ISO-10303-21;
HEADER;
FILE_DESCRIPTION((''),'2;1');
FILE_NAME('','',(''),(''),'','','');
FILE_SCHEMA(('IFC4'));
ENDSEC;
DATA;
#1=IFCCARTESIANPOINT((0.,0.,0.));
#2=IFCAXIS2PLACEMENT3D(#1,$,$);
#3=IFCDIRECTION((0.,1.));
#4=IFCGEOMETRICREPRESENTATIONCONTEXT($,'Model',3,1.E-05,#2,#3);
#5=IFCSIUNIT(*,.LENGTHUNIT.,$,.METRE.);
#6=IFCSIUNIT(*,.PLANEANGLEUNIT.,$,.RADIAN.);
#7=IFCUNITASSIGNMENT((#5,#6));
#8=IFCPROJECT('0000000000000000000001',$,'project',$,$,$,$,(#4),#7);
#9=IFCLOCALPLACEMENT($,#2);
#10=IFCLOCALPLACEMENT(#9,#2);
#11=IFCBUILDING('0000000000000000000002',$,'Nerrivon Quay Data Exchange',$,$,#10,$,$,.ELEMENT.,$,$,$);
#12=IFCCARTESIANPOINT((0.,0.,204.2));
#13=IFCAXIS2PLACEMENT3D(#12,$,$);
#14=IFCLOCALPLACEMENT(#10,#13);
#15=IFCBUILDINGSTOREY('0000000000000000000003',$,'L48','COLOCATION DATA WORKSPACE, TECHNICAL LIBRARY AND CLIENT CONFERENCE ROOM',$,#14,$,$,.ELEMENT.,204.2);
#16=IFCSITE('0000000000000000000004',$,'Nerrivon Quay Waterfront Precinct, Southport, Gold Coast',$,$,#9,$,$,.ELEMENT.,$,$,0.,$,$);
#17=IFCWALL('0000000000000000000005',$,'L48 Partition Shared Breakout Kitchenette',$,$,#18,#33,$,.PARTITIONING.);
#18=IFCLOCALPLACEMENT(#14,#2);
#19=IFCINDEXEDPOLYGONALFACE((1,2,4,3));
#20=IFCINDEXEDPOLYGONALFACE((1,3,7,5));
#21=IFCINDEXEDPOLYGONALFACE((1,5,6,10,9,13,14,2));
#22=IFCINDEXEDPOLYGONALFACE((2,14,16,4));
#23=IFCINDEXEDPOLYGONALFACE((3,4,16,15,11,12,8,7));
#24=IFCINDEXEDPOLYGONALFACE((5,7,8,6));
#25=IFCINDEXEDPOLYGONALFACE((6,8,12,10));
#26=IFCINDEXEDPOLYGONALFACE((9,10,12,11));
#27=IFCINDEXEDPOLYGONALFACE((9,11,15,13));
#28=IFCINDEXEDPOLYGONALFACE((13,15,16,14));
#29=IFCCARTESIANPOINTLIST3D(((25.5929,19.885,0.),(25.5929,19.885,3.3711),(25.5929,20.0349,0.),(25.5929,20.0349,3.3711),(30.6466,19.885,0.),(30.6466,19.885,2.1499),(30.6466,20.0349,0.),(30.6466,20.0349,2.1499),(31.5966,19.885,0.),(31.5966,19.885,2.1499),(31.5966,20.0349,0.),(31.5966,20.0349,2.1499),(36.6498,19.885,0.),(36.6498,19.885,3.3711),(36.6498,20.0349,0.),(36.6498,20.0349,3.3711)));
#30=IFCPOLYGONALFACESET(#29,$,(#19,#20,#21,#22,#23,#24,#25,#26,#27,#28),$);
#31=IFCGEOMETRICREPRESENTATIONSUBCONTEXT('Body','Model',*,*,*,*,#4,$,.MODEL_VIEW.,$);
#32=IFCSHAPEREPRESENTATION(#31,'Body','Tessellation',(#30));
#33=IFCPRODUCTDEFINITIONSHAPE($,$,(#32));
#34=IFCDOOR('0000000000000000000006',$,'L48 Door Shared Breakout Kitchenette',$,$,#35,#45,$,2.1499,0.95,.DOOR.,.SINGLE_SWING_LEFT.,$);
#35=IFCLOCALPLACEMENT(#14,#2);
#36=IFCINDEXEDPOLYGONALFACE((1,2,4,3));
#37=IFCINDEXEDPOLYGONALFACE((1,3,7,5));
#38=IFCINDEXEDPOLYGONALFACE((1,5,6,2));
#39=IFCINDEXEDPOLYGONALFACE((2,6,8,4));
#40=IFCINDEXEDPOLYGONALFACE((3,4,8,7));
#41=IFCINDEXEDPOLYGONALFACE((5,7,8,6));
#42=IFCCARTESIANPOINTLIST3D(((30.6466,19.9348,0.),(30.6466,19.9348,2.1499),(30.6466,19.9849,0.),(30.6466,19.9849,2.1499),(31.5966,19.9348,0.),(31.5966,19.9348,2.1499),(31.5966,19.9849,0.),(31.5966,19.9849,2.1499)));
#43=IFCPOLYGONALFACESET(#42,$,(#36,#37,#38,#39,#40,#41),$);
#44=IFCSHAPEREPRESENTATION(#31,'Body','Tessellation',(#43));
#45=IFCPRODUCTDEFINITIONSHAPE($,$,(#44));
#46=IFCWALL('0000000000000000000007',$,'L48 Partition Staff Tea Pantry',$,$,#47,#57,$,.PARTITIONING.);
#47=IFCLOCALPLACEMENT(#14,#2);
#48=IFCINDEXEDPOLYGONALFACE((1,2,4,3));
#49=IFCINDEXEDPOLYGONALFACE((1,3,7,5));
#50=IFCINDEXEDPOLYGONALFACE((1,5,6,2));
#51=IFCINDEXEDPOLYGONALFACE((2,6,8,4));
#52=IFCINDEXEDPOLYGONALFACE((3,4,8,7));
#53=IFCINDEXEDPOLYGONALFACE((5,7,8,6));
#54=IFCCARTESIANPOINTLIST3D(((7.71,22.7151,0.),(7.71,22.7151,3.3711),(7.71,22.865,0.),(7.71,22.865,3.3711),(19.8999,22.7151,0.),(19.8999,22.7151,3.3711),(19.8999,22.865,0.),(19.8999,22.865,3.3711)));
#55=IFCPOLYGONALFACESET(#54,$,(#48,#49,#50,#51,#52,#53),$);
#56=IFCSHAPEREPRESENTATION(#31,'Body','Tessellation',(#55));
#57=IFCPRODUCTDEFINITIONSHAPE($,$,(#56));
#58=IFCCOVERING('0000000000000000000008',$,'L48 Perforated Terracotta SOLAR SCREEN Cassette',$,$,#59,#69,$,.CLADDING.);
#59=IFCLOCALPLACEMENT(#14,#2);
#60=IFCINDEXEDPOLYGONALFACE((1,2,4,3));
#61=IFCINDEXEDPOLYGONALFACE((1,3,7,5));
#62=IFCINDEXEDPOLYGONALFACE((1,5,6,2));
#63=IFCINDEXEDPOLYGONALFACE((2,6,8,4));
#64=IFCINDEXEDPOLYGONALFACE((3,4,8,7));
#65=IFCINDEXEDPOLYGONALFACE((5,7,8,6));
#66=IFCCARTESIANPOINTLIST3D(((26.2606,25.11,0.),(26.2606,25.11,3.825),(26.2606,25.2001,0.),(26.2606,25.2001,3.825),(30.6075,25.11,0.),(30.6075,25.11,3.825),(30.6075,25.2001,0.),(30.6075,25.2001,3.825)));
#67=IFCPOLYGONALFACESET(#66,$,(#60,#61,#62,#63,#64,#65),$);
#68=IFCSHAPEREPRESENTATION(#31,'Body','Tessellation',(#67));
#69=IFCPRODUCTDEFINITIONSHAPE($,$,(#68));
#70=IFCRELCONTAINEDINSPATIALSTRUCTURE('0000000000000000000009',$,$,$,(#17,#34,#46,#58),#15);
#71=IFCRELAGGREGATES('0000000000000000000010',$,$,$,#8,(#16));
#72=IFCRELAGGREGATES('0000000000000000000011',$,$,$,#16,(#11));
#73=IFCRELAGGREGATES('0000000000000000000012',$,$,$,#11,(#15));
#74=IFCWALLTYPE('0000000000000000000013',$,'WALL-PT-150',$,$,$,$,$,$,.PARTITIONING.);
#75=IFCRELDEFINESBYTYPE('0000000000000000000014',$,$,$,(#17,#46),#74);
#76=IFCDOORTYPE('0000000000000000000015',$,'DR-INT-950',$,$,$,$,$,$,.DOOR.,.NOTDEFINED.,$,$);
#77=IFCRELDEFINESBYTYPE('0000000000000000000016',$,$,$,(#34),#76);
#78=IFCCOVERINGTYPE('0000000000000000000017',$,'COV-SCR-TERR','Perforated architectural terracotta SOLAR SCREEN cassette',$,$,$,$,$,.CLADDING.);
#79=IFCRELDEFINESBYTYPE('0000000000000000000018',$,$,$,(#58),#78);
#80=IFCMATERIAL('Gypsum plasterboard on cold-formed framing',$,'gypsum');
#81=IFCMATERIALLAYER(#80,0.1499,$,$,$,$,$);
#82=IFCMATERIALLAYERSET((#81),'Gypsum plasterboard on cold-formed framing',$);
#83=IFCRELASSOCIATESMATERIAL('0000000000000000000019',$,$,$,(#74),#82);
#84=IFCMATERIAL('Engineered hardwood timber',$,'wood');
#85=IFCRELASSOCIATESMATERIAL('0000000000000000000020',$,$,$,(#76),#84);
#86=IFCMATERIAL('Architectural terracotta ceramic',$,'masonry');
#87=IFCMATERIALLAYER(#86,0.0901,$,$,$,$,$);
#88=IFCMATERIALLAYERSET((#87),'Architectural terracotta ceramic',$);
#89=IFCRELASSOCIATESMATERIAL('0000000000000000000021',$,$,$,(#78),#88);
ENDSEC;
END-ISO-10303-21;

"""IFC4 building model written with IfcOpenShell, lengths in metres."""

from ifc_helpers import new_model, si_unit, direction, frame, frame_2d, origin, origin_2d, place, context, subcontext, project, spatial, rectangle, extrude, material, layer, layer_set, type_object, element, fill, save


model = new_model("IFC4")

# Units and contexts
model_context = context("Model", 3, precision=1e-05, world=origin(), true_north=direction((0.0, 1.0)))
body_context = subcontext(model_context, "Body", "Model", "MODEL_VIEW")
ifc_project = project(units=[si_unit("LENGTHUNIT", "METRE"), si_unit("PLANEANGLEUNIT", "RADIAN")], contexts=[model_context])

# Site, building, storey
site_placement = place(None, origin())
site = spatial("IfcSite", under=ifc_project, at=site_placement, Name="Nerrivon Quay Waterfront Precinct, Southport, Gold Coast", CompositionType="ELEMENT", RefElevation=0.0)
building_placement = place(site_placement, origin())
building = spatial("IfcBuilding", under=site, at=building_placement, Name="Nerrivon Quay Data Exchange", CompositionType="ELEMENT")
storey_placement = place(building_placement, frame((0.0, 0.0, 204.2)))
storey = spatial("IfcBuildingStorey", under=building, at=storey_placement, Name="L48", Description="COLOCATION DATA WORKSPACE, TECHNICAL LIBRARY AND CLIENT CONFERENCE ROOM", CompositionType="ELEMENT", Elevation=204.2)

# Shared definitions
ifc_material_1 = material(Name="Gypsum plasterboard on cold-formed framing", Category="gypsum")
ifc_layer_1 = layer(ifc_material_1, 0.1499)
ifc_layer_set_1 = layer_set([ifc_layer_1], Name="Gypsum plasterboard on cold-formed framing")
wall_type_1 = type_object("IfcWallType", Name="WALL-PT-150", PredefinedType="PARTITIONING", material=ifc_layer_set_1)

# Wall, opening, door
wall_1_placement = place(storey_placement, frame((25.593, 19.96, 0.0), z_axis=(0.0, 0.0, 1.0), x_axis=(1.0, 0.0, 0.0)))
wall_1 = element("IfcWall", 1, at=wall_1_placement, inside=storey, type_object=wall_type_1, Name="L48 Partition Shared Breakout Kitchenette", PredefinedType="PARTITIONING", context=body_context, shape_type="SweptSolid", body=[
    extrude(rectangle(XDim=11.0569, YDim=0.1499, at=frame_2d((5.5283, 0.0))), origin(), (0.0, 0.0, 1.0), 3.3711),
])
opening_placement = place(wall_1_placement, frame((5.0535, 0.0, 0.0)))
opening = element("IfcOpeningElement", 2, at=opening_placement, cuts=wall_1, PredefinedType="OPENING", context=body_context, shape_type="SweptSolid", body=[
    extrude(rectangle(XDim=0.95, YDim=2.1499, at=frame_2d((0.4751, 1.075))), frame((0.0, 0.085, 0.0), z_axis=(0.0, -1.0, 0.0), x_axis=(1.0, 0.0, 0.0)), (0.0, 0.0, 1.0), 0.1699),
])
ifc_material_2 = material(Name="Engineered hardwood timber", Category="wood")
door_type = type_object("IfcDoorType", Name="DR-INT-950", OperationType="NOTDEFINED", PredefinedType="DOOR", material=ifc_material_2)
door_placement = place(opening_placement, origin())
door = element("IfcDoor", 3, at=door_placement, inside=storey, type_object=door_type, Name="L48 Door Shared Breakout Kitchenette", OperationType="SINGLE_SWING_LEFT", OverallHeight=2.1499, OverallWidth=0.95, PredefinedType="DOOR", context=body_context, shape_type="SweptSolid", body=[
    extrude(rectangle(XDim=0.95, YDim=2.1499, at=frame_2d((0.4751, 1.075))), frame((0.0, 0.0249, 0.0), z_axis=(0.0, -1.0, 0.0), x_axis=(1.0, 0.0, 0.0)), (0.0, 0.0, 1.0), 0.05),
])
fill(opening, door)

# Wall
wall_2_placement = place(storey_placement, frame((19.8999, 22.79, 0.0), z_axis=(0.0, 0.0, 1.0), x_axis=(-1.0, 0.0, 0.0)))
element("IfcWall", 4, at=wall_2_placement, inside=storey, type_object=wall_type_1, Name="L48 Partition Staff Tea Pantry", PredefinedType="PARTITIONING", context=body_context, shape_type="SweptSolid", body=[
    extrude(rectangle(XDim=12.1899, YDim=0.1499, at=frame_2d((6.095, 0.0))), origin(), (0.0, 0.0, 1.0), 3.3711),
])

# Covering
ifc_material_3 = material(Name="Architectural terracotta ceramic", Category="masonry")
ifc_layer_2 = layer(ifc_material_3, 0.0901)
ifc_layer_set_2 = layer_set([ifc_layer_2], Name="Architectural terracotta ceramic")
covering_type = type_object("IfcCoveringType", Name="COV-SCR-TERR", Description="Perforated architectural terracotta SOLAR SCREEN cassette", PredefinedType="CLADDING", material=ifc_layer_set_2)
covering_placement = place(storey_placement, frame((28.4341, 25.155, 0.0), z_axis=(0.0, 0.0, 1.0), x_axis=(1.0, 0.0, 0.0)))
element("IfcCovering", 5, at=covering_placement, inside=storey, type_object=covering_type, Name="L48 Perforated Terracotta SOLAR SCREEN Cassette", PredefinedType="CLADDING", context=body_context, shape_type="SweptSolid", body=[
    extrude(rectangle(XDim=4.3469, YDim=0.0901, at=origin_2d()), origin(), (0.0, 0.0, 1.0), 3.825),
])

save(model, "model.ifc")
